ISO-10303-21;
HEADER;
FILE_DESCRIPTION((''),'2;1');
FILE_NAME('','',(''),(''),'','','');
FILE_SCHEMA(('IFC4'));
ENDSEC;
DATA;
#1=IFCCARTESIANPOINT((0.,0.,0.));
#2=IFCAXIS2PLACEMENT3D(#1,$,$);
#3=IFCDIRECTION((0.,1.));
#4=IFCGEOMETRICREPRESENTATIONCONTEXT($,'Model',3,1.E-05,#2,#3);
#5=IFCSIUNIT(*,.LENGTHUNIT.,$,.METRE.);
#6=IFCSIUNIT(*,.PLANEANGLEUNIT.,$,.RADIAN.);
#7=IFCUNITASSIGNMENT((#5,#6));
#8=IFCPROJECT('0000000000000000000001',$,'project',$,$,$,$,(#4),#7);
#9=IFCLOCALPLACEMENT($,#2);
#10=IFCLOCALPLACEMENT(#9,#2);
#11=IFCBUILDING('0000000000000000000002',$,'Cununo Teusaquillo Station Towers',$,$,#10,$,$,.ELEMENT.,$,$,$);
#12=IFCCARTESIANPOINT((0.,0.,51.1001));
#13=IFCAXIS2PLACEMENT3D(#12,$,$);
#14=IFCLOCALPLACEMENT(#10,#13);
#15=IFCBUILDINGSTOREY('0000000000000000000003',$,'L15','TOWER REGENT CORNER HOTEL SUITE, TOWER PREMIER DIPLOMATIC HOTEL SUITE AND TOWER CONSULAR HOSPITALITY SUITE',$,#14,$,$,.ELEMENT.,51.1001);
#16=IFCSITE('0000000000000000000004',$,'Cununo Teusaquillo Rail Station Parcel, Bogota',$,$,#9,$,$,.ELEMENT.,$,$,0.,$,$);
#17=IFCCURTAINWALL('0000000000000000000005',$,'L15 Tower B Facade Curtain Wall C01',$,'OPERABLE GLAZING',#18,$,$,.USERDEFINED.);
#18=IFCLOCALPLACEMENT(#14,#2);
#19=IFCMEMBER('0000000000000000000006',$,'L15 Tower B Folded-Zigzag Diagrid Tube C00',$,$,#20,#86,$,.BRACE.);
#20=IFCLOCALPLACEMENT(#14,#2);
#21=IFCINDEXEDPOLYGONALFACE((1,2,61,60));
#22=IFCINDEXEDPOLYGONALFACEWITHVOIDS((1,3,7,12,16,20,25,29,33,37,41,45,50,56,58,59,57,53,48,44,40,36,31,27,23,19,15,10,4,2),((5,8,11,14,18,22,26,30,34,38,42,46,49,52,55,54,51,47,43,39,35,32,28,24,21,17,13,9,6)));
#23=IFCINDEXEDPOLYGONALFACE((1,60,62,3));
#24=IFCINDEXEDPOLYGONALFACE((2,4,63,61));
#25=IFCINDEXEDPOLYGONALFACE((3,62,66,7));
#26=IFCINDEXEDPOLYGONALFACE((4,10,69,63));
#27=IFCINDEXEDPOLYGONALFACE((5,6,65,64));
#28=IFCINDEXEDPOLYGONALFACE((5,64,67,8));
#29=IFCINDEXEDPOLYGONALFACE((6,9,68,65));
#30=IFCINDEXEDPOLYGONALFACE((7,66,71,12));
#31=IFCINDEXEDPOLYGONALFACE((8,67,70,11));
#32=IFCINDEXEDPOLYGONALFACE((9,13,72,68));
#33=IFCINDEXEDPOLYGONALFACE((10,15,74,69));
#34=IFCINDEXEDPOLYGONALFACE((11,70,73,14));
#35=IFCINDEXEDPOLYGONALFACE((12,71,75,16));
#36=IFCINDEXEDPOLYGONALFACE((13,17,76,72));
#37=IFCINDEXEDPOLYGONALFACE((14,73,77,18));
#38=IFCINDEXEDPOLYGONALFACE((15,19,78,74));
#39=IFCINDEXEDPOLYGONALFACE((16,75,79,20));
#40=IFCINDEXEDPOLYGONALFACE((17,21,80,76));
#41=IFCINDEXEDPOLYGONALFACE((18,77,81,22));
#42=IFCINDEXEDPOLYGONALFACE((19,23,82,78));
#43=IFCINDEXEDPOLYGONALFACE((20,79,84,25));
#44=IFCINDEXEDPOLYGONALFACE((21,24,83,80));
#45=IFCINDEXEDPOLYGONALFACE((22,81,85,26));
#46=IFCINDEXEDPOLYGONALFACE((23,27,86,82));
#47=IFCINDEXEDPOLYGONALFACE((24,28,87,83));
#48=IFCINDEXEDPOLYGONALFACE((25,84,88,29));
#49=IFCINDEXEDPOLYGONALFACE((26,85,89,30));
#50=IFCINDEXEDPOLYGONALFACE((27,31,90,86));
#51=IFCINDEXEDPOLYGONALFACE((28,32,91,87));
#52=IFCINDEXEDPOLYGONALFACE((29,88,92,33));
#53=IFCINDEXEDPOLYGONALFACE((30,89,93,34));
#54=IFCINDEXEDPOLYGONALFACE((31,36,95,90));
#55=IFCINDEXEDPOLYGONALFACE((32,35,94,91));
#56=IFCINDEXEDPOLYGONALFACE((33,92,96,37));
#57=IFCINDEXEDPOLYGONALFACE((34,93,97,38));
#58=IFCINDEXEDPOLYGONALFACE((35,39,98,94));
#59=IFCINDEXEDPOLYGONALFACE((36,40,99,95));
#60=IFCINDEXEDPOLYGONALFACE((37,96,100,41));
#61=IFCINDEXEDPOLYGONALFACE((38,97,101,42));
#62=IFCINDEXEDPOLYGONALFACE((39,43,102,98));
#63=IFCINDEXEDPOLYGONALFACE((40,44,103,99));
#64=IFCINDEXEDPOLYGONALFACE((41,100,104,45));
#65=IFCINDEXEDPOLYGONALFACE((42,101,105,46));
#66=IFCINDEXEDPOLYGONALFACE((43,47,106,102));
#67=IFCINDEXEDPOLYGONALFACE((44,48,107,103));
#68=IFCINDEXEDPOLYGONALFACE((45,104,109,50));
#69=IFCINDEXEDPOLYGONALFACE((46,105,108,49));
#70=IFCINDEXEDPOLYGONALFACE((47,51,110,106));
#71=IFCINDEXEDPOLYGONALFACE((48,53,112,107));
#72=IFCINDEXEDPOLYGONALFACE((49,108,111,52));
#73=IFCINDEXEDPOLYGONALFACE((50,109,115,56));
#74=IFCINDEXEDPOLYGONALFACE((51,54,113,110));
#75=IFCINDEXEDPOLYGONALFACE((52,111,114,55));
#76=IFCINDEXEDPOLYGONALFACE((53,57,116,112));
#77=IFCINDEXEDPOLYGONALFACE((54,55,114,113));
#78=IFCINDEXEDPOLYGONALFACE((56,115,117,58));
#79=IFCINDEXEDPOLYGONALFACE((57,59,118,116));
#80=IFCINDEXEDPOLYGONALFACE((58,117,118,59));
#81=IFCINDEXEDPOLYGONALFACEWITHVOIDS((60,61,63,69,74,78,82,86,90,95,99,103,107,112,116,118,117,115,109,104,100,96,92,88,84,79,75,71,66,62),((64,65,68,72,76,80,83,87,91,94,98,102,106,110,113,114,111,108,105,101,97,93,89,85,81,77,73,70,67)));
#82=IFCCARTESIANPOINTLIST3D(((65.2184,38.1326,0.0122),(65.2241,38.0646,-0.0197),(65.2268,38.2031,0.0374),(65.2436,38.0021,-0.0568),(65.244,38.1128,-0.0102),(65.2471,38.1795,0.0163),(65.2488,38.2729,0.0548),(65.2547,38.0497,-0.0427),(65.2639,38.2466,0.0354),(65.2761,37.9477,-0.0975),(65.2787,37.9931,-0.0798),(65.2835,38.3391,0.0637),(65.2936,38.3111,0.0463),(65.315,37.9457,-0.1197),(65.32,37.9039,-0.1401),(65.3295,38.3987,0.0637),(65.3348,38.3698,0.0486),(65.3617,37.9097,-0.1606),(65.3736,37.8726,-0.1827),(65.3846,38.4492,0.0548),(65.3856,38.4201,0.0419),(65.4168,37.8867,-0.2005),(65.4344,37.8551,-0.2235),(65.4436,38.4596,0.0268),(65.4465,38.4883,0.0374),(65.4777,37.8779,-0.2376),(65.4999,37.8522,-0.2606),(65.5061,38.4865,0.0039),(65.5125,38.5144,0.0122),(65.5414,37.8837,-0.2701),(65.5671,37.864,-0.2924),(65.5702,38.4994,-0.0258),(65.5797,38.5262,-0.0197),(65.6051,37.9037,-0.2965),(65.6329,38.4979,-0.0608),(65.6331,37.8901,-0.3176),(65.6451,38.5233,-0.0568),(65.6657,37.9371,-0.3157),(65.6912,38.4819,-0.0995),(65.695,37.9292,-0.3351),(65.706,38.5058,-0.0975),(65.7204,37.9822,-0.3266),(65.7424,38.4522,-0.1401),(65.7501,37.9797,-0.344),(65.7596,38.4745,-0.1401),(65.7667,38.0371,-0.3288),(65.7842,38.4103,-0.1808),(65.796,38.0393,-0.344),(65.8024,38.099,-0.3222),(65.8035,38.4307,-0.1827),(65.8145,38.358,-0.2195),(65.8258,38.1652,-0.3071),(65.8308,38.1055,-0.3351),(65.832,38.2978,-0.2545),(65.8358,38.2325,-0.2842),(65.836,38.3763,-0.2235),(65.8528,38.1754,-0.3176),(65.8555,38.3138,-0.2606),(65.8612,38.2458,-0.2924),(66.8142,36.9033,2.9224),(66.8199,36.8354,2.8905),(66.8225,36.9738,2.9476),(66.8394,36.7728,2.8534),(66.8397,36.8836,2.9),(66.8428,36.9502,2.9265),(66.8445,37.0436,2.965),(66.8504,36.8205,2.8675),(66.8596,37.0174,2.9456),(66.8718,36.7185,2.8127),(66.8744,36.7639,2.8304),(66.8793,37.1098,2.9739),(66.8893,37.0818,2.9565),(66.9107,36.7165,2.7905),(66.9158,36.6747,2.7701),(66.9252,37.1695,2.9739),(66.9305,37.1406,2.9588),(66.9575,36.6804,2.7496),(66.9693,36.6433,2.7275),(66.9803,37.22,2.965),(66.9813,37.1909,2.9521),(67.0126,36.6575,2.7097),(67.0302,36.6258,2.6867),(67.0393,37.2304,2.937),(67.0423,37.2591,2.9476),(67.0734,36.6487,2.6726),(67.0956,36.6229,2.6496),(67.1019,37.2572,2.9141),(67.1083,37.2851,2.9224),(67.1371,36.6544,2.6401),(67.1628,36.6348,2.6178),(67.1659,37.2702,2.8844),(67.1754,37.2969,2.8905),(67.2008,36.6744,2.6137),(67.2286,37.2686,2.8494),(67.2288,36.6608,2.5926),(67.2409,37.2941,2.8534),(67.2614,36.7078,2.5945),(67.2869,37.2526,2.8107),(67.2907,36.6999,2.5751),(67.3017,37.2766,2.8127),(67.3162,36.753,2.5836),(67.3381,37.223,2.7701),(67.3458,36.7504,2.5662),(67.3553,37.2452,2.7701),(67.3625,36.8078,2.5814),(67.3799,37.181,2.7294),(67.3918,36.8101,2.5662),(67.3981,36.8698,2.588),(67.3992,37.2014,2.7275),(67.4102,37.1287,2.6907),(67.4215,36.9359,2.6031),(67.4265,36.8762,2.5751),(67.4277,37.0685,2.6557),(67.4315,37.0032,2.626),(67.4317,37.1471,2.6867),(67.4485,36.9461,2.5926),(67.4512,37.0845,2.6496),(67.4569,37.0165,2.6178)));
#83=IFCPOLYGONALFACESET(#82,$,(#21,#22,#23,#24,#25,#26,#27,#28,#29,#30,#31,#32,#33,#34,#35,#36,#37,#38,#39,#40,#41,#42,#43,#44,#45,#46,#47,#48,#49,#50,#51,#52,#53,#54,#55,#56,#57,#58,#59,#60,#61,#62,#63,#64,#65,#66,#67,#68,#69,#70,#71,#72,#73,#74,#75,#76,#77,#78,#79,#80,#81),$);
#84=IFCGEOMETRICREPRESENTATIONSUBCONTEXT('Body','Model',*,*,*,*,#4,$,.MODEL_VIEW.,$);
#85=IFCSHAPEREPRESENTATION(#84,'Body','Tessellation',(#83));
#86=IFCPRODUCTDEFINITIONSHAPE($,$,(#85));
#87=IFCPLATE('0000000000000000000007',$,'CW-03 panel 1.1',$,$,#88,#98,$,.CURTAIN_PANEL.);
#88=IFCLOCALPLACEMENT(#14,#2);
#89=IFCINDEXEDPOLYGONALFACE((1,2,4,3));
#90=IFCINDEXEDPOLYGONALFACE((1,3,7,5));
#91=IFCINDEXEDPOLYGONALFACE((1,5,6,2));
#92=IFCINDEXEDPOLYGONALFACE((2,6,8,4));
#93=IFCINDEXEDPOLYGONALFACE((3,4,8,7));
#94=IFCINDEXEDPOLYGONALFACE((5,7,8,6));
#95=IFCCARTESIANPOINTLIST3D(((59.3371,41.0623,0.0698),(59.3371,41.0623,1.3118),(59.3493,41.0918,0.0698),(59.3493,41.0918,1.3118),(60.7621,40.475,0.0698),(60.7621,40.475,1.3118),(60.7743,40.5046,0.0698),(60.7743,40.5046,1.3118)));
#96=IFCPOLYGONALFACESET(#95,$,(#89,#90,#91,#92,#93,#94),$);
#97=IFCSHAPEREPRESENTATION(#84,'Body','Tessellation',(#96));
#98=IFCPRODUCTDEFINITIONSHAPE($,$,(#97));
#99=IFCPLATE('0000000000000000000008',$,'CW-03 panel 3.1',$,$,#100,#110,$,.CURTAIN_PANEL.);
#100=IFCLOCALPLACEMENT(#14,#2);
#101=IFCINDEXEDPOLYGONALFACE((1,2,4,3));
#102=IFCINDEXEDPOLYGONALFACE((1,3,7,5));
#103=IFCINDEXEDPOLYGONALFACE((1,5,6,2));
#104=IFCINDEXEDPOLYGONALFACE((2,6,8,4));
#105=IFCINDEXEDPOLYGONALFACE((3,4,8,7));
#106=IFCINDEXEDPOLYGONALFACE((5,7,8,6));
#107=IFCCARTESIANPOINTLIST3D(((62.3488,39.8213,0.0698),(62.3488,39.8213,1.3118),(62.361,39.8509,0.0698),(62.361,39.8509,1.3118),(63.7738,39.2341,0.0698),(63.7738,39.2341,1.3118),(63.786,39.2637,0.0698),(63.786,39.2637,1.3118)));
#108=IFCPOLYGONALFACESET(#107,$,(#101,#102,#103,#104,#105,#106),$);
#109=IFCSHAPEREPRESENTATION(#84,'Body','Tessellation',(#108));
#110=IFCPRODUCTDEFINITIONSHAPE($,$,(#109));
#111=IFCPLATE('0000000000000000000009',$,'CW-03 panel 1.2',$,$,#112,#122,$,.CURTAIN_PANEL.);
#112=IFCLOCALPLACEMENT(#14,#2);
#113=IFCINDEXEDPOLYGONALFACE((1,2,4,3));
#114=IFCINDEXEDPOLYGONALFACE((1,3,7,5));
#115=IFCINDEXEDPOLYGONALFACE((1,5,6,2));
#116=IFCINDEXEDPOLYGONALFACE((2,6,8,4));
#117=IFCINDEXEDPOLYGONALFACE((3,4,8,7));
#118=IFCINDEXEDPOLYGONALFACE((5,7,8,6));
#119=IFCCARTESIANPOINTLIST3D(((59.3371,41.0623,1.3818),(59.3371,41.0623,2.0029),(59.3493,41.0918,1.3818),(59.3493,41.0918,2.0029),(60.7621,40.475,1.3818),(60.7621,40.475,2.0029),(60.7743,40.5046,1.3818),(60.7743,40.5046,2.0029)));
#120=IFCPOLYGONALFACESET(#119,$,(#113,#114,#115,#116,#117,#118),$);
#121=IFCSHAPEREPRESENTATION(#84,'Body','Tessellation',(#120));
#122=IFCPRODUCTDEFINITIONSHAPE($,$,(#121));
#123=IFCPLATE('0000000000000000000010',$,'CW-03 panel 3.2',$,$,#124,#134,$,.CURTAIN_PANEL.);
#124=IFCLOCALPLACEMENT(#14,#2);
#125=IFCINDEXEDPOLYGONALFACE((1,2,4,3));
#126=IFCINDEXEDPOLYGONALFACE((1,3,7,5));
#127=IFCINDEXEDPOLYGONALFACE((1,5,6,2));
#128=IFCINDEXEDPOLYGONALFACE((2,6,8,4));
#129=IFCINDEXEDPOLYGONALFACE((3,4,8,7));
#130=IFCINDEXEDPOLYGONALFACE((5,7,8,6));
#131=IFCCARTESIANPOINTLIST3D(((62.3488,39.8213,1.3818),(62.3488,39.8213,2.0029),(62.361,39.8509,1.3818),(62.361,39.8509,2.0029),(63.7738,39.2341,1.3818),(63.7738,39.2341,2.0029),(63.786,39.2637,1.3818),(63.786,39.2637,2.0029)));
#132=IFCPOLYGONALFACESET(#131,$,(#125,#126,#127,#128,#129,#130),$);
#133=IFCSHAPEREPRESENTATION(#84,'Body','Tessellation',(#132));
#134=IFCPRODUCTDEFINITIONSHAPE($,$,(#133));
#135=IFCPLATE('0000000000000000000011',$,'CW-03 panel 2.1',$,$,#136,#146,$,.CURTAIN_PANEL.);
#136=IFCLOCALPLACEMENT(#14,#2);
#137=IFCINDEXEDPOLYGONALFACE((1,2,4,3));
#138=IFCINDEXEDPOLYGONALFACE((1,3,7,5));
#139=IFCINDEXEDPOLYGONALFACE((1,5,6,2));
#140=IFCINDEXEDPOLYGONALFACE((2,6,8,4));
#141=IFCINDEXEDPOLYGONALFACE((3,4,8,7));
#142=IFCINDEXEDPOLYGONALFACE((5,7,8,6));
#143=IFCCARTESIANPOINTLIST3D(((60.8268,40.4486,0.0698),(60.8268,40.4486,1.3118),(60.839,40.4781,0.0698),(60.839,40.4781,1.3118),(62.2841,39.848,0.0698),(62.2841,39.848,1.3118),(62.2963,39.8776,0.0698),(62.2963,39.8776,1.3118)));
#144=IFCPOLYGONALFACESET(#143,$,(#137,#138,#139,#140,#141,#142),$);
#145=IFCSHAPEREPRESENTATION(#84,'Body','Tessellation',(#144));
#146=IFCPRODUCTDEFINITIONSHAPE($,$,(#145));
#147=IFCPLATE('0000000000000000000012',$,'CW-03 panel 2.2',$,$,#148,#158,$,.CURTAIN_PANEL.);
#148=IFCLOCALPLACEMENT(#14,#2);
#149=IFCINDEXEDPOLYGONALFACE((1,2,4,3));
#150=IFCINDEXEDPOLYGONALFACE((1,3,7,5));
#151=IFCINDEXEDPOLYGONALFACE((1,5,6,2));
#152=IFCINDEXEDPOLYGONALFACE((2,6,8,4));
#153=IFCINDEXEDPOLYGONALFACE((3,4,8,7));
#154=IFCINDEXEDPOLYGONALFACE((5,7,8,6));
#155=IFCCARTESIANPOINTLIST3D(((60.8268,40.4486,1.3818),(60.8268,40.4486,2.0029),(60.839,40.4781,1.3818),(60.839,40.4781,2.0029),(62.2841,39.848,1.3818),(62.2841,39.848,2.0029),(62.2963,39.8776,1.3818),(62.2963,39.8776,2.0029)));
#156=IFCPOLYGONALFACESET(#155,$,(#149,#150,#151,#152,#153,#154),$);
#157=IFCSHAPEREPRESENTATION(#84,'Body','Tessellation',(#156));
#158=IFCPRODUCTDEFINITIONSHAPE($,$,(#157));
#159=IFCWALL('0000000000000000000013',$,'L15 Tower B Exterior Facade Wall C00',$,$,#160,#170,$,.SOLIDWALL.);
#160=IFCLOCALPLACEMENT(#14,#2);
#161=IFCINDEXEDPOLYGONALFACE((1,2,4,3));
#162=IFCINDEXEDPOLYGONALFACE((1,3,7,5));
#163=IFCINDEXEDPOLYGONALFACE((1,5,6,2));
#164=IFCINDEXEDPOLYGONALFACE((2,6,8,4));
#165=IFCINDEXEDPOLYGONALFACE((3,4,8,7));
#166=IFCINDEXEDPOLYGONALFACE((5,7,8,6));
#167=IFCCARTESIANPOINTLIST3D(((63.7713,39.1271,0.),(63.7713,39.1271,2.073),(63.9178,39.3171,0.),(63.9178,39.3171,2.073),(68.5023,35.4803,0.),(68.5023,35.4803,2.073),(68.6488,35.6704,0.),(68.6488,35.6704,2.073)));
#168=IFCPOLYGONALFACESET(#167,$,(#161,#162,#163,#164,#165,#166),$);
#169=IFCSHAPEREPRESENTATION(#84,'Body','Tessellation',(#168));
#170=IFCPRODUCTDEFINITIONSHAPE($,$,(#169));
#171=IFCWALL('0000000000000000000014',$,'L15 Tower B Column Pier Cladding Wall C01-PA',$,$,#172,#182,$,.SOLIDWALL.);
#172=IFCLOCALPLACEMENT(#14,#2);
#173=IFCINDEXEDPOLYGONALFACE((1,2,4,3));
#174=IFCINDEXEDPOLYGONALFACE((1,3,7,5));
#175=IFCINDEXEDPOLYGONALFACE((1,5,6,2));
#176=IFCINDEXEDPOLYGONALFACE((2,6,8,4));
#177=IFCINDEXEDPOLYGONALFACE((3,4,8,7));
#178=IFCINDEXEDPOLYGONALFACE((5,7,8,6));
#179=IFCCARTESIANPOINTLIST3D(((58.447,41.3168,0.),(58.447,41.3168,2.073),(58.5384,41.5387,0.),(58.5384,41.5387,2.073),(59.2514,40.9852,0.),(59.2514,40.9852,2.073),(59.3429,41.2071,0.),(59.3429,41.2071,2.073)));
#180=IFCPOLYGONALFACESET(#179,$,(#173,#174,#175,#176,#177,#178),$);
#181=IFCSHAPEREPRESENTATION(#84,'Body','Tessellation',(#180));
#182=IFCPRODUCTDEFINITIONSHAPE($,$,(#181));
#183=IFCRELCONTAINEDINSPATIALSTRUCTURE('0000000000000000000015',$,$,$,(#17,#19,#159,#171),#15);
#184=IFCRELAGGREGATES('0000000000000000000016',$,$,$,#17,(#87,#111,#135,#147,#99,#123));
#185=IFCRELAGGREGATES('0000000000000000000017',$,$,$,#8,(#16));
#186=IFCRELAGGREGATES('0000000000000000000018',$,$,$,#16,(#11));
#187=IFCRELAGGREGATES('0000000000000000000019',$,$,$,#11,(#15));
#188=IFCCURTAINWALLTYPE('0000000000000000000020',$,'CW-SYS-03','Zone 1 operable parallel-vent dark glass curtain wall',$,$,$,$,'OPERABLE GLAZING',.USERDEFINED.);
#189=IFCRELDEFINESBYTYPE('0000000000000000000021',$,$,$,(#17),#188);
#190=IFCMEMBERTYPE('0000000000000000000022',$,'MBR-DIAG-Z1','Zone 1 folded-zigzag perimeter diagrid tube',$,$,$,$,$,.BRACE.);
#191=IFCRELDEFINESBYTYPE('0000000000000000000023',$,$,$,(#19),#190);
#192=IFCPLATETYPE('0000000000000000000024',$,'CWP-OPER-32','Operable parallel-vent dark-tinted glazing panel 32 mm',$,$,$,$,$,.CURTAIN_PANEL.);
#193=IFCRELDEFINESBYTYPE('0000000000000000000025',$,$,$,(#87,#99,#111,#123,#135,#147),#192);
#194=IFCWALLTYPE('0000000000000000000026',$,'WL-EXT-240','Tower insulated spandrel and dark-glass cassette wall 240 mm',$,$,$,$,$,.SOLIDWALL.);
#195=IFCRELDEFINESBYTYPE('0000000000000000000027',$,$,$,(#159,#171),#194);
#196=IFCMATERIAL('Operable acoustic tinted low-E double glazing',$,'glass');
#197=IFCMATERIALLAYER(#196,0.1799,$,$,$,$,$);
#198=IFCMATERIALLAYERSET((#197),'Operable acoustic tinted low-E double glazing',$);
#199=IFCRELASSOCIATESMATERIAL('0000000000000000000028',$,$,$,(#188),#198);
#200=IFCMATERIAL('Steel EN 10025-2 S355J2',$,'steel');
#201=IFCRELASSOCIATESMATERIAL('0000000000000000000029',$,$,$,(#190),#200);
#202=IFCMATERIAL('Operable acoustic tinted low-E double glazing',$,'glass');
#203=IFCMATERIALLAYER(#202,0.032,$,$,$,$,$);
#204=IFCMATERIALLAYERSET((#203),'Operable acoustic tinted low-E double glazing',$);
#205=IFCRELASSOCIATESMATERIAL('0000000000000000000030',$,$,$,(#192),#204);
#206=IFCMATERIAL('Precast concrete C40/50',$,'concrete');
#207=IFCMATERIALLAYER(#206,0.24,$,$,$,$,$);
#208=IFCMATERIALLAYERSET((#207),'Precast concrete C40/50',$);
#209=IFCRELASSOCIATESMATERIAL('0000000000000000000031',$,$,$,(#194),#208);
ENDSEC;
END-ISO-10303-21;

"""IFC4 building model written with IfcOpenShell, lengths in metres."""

from ifc_helpers import new_model, si_unit, direction, frame, frame_2d, origin, origin_2d, place, context, subcontext, project, spatial, rectangle, hollow_circle, extrude, source, transform, mapped, material, layer, layer_set, material_profile, profile_set, type_object, element, aggregate, save


model = new_model("IFC4")

# Units and contexts
model_context = context("Model", 3, precision=1e-05, world=origin(), true_north=direction((0.0, 1.0)))
body_context = subcontext(model_context, "Body", "Model", "MODEL_VIEW")
ifc_project = project(units=[si_unit("LENGTHUNIT", "METRE"), si_unit("PLANEANGLEUNIT", "RADIAN")], contexts=[model_context])

# Site, building, storey
site_placement = place(None, origin())
site = spatial("IfcSite", under=ifc_project, at=site_placement, Name="Cununo Teusaquillo Rail Station Parcel, Bogota", CompositionType="ELEMENT", RefElevation=0.0)
building_placement = place(site_placement, origin())
building = spatial("IfcBuilding", under=site, at=building_placement, Name="Cununo Teusaquillo Station Towers", CompositionType="ELEMENT")
storey_placement = place(building_placement, frame((0.0, 0.0, 51.1001)))
storey = spatial("IfcBuildingStorey", under=building, at=storey_placement, Name="L15", Description="TOWER REGENT CORNER HOTEL SUITE, TOWER PREMIER DIPLOMATIC HOTEL SUITE AND TOWER CONSULAR HOSPITALITY SUITE", CompositionType="ELEMENT", Elevation=51.1001)

# Curtain wall
ifc_material_1 = material(Name="Operable acoustic tinted low-E double glazing", Category="glass")
ifc_layer_1 = layer(ifc_material_1, 0.1799)
ifc_layer_set_1 = layer_set([ifc_layer_1], Name="Operable acoustic tinted low-E double glazing")
curtain_wall_type = type_object("IfcCurtainWallType", Name="CW-SYS-03", Description="Zone 1 operable parallel-vent dark glass curtain wall", ElementType="OPERABLE GLAZING", PredefinedType="USERDEFINED", material=ifc_layer_set_1)
curtain_wall_placement = place(storey_placement, origin())
curtain_wall = element("IfcCurtainWall", 1, at=curtain_wall_placement, inside=storey, type_object=curtain_wall_type, Name="L15 Tower B Facade Curtain Wall C01", ObjectType="OPERABLE GLAZING", PredefinedType="USERDEFINED")

# Member
ifc_material_2 = material(Name="Steel EN 10025-2 S355J2", Category="steel")
ifc_material_profile_1 = material_profile(ifc_material_2, hollow_circle(Radius=0.3601, WallThickness=0.0281, at=origin_2d()), Name="CHS 720x28")
ifc_profile_set_1 = profile_set([ifc_material_profile_1], Name="Steel EN 10025-2 S355J2")
member_type_1 = type_object("IfcMemberType", Name="MBR-DIAG-Z1", Description="Zone 1 folded-zigzag perimeter diagrid tube", PredefinedType="BRACE", material=ifc_profile_set_1)
member_1_placement = place(storey_placement, frame((65.5398, 38.1892, -0.1401), z_axis=(0.450858, -0.347318, 0.822251), x_axis=(0.610267, 0.792196, 0.0)))
element("IfcMember", 2, at=member_1_placement, inside=storey, type_object=member_type_1, Name="L15 Tower B Folded-Zigzag Diagrid Tube C00", PredefinedType="BRACE", context=body_context, shape_type="SweptSolid", body=[
    extrude(hollow_circle(Radius=0.3601, WallThickness=0.0281, at=origin_2d()), origin(), (0.0, 0.0, 1.0), 3.5393),
])

# Plates
ifc_material_3 = material(Name="Operable acoustic tinted low-E double glazing", Category="glass")
ifc_layer_2 = layer(ifc_material_3, 0.032)
ifc_layer_set_2 = layer_set([ifc_layer_2], Name="Operable acoustic tinted low-E double glazing")
plate_type = type_object("IfcPlateType", Name="CWP-OPER-32", Description="Operable parallel-vent dark-tinted glazing panel 32 mm", PredefinedType="CURTAIN_PANEL", material=ifc_layer_set_2)
shared_shape_1 = source(origin(), body_context, "Body", "SweptSolid", [
    extrude(rectangle(XDim=1.5413, YDim=0.032, at=origin_2d()), origin(), (0.0, 0.0, 1.0), 1.2419),
])
plate_1_placement = place(storey_placement, frame((60.0557, 40.7834, 0.0698), z_axis=(0.0, 0.0, 1.0), x_axis=(0.924572, -0.381006, 0.0)))
plate_1 = element("IfcPlate", 3, at=plate_1_placement, type_object=plate_type, Name="CW-03 panel 1.1", PredefinedType="CURTAIN_PANEL", context=body_context, shape_type="MappedRepresentation", body=[
    mapped(shared_shape_1, transform((0.0, 0.0, 0.0), x_axis=(1.0, 0.0, 0.0), y_axis=(0.0, 1.0, 0.0), z_axis=(0.0, 0.0, 1.0), scale=1.0)),
])
plate_2_placement = place(storey_placement, frame((63.0674, 39.5425, 0.0698), z_axis=(0.0, 0.0, 1.0), x_axis=(0.924572, -0.381006, 0.0)))
plate_2 = element("IfcPlate", 4, at=plate_2_placement, type_object=plate_type, Name="CW-03 panel 3.1", PredefinedType="CURTAIN_PANEL", context=body_context, shape_type="MappedRepresentation", body=[
    mapped(shared_shape_1, transform((0.0, 0.0, 0.0), x_axis=(1.0, 0.0, 0.0), y_axis=(0.0, 1.0, 0.0), z_axis=(0.0, 0.0, 1.0), scale=1.0)),
])
shared_shape_2 = source(origin(), body_context, "Body", "SweptSolid", [
    extrude(rectangle(XDim=1.5413, YDim=0.032, at=origin_2d()), origin(), (0.0, 0.0, 1.0), 0.6211),
])
plate_3_placement = place(storey_placement, frame((60.0557, 40.7834, 1.3818), z_axis=(0.0, 0.0, 1.0), x_axis=(0.924572, -0.381006, 0.0)))
plate_3 = element("IfcPlate", 5, at=plate_3_placement, type_object=plate_type, Name="CW-03 panel 1.2", PredefinedType="CURTAIN_PANEL", context=body_context, shape_type="MappedRepresentation", body=[
    mapped(shared_shape_2, transform((0.0, 0.0, 0.0), x_axis=(1.0, 0.0, 0.0), y_axis=(0.0, 1.0, 0.0), z_axis=(0.0, 0.0, 1.0), scale=1.0)),
])
plate_4_placement = place(storey_placement, frame((63.0674, 39.5425, 1.3818), z_axis=(0.0, 0.0, 1.0), x_axis=(0.924572, -0.381006, 0.0)))
plate_4 = element("IfcPlate", 6, at=plate_4_placement, type_object=plate_type, Name="CW-03 panel 3.2", PredefinedType="CURTAIN_PANEL", context=body_context, shape_type="MappedRepresentation", body=[
    mapped(shared_shape_2, transform((0.0, 0.0, 0.0), x_axis=(1.0, 0.0, 0.0), y_axis=(0.0, 1.0, 0.0), z_axis=(0.0, 0.0, 1.0), scale=1.0)),
])
shared_shape_3 = source(origin(), body_context, "Body", "SweptSolid", [
    extrude(rectangle(XDim=1.5762, YDim=0.032, at=origin_2d()), origin(), (0.0, 0.0, 1.0), 1.2419),
])
plate_5_placement = place(storey_placement, frame((61.5615, 40.1631, 0.0698), z_axis=(0.0, 0.0, 1.0), x_axis=(0.924572, -0.381006, 0.0)))
plate_5 = element("IfcPlate", 7, at=plate_5_placement, type_object=plate_type, Name="CW-03 panel 2.1", PredefinedType="CURTAIN_PANEL", context=body_context, shape_type="MappedRepresentation", body=[
    mapped(shared_shape_3, transform((0.0, 0.0, 0.0), x_axis=(1.0, 0.0, 0.0), y_axis=(0.0, 1.0, 0.0), z_axis=(0.0, 0.0, 1.0), scale=1.0)),
])
shared_shape_4 = source(origin(), body_context, "Body", "SweptSolid", [
    extrude(rectangle(XDim=1.5762, YDim=0.032, at=origin_2d()), origin(), (0.0, 0.0, 1.0), 0.6211),
])
plate_6_placement = place(storey_placement, frame((61.5615, 40.1631, 1.3818), z_axis=(0.0, 0.0, 1.0), x_axis=(0.924572, -0.381006, 0.0)))
plate_6 = element("IfcPlate", 8, at=plate_6_placement, type_object=plate_type, Name="CW-03 panel 2.2", PredefinedType="CURTAIN_PANEL", context=body_context, shape_type="MappedRepresentation", body=[
    mapped(shared_shape_4, transform((0.0, 0.0, 0.0), x_axis=(1.0, 0.0, 0.0), y_axis=(0.0, 1.0, 0.0), z_axis=(0.0, 0.0, 1.0), scale=1.0)),
])
aggregate(curtain_wall, [plate_1, plate_3, plate_5, plate_6, plate_2, plate_4])

# Walls
ifc_material_4 = material(Name="Precast concrete C40/50", Category="concrete")
ifc_layer_3 = layer(ifc_material_4, 0.24)
ifc_layer_set_3 = layer_set([ifc_layer_3], Name="Precast concrete C40/50")
wall_type_1 = type_object("IfcWallType", Name="WL-EXT-240", Description="Tower insulated spandrel and dark-glass cassette wall 240 mm", PredefinedType="SOLIDWALL", material=ifc_layer_set_3)
wall_1_placement = place(storey_placement, frame((63.8445, 39.2222, 0.0), z_axis=(0.0, 0.0, 1.0), x_axis=(0.792014, -0.610503, 0.0)))
element("IfcWall", 9, at=wall_1_placement, inside=storey, type_object=wall_type_1, Name="L15 Tower B Exterior Facade Wall C00", PredefinedType="SOLIDWALL", context=body_context, shape_type="SweptSolid", body=[
    extrude(rectangle(XDim=5.9734, YDim=0.24, at=frame_2d((2.9868, 0.0))), origin(), (0.0, 0.0, 1.0), 2.073),
])
wall_2_placement = place(storey_placement, frame((58.4927, 41.4277, 0.0), z_axis=(0.0, 0.0, 1.0), x_axis=(0.924556, -0.381046, 0.0)))
element("IfcWall", 10, at=wall_2_placement, inside=storey, type_object=wall_type_1, Name="L15 Tower B Column Pier Cladding Wall C01-PA", PredefinedType="SOLIDWALL", context=body_context, shape_type="SweptSolid", body=[
    extrude(rectangle(XDim=0.8701, YDim=0.24, at=frame_2d((0.4351, 0.0))), origin(), (0.0, 0.0, 1.0), 2.073),
])

save(model, "model.ifc")
